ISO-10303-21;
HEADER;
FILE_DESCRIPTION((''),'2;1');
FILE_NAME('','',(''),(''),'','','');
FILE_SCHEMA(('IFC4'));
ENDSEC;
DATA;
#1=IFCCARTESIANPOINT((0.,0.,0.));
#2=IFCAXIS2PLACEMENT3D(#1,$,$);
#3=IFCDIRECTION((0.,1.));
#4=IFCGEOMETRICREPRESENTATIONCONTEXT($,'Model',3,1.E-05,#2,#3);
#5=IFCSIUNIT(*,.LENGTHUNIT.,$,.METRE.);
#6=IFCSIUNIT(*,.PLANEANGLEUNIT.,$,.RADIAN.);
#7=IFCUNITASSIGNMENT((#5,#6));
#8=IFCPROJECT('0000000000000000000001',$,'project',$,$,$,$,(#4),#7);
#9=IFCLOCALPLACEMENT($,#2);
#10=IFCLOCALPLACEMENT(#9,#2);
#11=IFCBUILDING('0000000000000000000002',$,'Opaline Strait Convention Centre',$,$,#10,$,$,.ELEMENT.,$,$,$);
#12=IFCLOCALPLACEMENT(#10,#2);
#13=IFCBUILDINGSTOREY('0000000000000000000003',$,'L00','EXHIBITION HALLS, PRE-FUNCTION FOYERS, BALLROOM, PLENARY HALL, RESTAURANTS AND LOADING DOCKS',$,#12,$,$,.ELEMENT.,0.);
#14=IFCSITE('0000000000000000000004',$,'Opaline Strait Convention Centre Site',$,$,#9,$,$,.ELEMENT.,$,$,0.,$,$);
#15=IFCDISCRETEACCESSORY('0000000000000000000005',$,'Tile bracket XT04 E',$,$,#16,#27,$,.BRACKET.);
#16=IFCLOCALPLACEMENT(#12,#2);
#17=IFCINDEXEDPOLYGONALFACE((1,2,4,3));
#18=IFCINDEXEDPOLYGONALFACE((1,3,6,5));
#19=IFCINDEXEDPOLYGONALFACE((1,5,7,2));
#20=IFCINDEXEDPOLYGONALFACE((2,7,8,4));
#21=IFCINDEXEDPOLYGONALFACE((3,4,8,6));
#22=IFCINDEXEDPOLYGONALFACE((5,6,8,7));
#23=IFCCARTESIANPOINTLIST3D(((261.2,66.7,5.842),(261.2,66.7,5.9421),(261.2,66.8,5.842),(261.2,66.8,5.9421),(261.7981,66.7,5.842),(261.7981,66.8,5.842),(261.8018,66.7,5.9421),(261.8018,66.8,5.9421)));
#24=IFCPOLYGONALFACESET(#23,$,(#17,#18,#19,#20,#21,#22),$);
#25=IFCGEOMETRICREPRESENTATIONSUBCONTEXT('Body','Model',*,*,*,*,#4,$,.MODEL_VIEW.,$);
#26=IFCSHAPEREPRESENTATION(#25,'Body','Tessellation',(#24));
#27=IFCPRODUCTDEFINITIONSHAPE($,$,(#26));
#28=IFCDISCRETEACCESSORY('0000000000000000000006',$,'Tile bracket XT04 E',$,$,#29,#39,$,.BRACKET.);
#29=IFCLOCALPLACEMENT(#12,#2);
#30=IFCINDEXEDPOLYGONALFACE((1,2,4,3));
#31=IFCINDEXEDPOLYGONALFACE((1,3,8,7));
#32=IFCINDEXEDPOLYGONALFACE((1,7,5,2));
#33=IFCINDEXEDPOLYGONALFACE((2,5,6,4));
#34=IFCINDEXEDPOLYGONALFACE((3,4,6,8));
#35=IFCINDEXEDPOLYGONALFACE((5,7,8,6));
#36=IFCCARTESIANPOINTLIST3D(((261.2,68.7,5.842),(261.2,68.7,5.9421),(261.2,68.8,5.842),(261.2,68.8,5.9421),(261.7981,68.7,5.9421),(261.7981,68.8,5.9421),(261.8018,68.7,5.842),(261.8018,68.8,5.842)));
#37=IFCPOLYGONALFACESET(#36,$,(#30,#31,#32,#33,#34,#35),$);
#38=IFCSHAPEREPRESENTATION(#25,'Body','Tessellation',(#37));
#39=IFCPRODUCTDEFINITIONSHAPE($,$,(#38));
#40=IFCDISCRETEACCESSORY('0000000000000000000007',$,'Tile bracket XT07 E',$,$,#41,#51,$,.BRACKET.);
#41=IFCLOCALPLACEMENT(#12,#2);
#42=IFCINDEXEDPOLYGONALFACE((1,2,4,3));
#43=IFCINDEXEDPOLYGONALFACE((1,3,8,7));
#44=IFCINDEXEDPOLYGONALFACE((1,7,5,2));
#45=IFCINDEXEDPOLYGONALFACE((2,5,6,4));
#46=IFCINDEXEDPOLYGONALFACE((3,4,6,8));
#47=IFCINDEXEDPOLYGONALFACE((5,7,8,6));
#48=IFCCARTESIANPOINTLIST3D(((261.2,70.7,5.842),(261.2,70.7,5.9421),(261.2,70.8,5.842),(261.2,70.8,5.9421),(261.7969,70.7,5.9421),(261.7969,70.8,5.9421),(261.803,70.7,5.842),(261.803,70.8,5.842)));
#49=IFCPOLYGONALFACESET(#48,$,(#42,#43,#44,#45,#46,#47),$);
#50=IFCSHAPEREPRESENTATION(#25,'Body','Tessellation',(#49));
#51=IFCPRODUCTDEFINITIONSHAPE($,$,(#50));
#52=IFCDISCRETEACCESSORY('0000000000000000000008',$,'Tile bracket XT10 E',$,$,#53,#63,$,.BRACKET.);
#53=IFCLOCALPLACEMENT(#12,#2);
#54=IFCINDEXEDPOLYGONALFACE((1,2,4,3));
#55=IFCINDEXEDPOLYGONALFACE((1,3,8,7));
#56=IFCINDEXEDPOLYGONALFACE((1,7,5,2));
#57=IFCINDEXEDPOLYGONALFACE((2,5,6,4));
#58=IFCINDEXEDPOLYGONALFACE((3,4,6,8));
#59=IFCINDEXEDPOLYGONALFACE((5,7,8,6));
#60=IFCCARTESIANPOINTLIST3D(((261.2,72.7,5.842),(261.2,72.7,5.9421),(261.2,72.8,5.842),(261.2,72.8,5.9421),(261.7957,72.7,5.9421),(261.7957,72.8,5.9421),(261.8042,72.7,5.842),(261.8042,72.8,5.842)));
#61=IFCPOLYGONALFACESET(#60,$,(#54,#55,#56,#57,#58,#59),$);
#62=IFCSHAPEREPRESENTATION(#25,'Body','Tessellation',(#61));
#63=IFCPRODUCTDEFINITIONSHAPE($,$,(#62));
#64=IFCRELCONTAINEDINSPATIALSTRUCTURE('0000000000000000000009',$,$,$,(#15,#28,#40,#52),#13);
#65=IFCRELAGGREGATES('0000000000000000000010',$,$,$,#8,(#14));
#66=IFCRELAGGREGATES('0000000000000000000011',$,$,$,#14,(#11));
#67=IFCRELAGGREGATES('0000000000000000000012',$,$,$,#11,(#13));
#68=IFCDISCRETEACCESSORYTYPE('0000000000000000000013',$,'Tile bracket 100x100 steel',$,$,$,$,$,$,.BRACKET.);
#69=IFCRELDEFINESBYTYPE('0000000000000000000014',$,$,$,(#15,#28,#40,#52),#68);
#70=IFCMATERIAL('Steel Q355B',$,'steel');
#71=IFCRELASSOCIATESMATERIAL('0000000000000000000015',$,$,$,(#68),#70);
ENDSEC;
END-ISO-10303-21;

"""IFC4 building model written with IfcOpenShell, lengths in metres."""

from ifc_helpers import new_model, si_unit, direction, frame, origin, place, context, subcontext, project, spatial, polyline, outline, extrude, material, type_object, element, save


model = new_model("IFC4")

# Units and contexts
model_context = context("Model", 3, precision=1e-05, world=origin(), true_north=direction((0.0, 1.0)))
body_context = subcontext(model_context, "Body", "Model", "MODEL_VIEW")
ifc_project = project(units=[si_unit("LENGTHUNIT", "METRE"), si_unit("PLANEANGLEUNIT", "RADIAN")], contexts=[model_context])

# Site, building, storey
site_placement = place(None, origin())
site = spatial("IfcSite", under=ifc_project, at=site_placement, Name="Opaline Strait Convention Centre Site", CompositionType="ELEMENT", RefElevation=0.0)
building_placement = place(site_placement, origin())
building = spatial("IfcBuilding", under=site, at=building_placement, Name="Opaline Strait Convention Centre", CompositionType="ELEMENT")
storey_placement = place(building_placement, origin())
storey = spatial("IfcBuildingStorey", under=building, at=storey_placement, Name="L00", Description="EXHIBITION HALLS, PRE-FUNCTION FOYERS, BALLROOM, PLENARY HALL, RESTAURANTS AND LOADING DOCKS", CompositionType="ELEMENT", Elevation=0.0)

# Discrete accessories
ifc_material_1 = material(Name="Steel Q355B", Category="steel")
discrete_accessory_type = type_object("IfcDiscreteAccessoryType", Name="Tile bracket 100x100 steel", PredefinedType="BRACKET", material=ifc_material_1)
for number, where, z_axis, x_axis, name in (
    (1, (261.2, 66.7, 5.8921), (0.0, 1.0, 0.0), (-1.0, 0.0, 0.0), "Tile bracket XT04 E"),
):
    element("IfcDiscreteAccessory", number, at=place(storey_placement, frame(where, z_axis=z_axis, x_axis=x_axis)), inside=storey, type_object=discrete_accessory_type, Name=name, PredefinedType="BRACKET", context=body_context, shape_type="SweptSolid", body=[
        extrude(outline(polyline([(0.0, -0.05), (0.0, 0.05), (-0.6018, 0.05), (-0.5981, -0.05), (0.0, -0.05)])), origin(), (0.0, 0.0, 1.0), 0.1001),
    ])
discrete_accessory_1_placement = place(storey_placement, frame((261.2, 68.7, 5.8921), z_axis=(0.0, 1.0, 0.0), x_axis=(-1.0, 0.0, 0.0)))
element("IfcDiscreteAccessory", 2, at=discrete_accessory_1_placement, inside=storey, type_object=discrete_accessory_type, Name="Tile bracket XT04 E", PredefinedType="BRACKET", context=body_context, shape_type="SweptSolid", body=[
    extrude(outline(polyline([(0.0, -0.05), (0.0, 0.05), (-0.5981, 0.05), (-0.6018, -0.05), (0.0, -0.05)])), origin(), (0.0, 0.0, 1.0), 0.1001),
])
discrete_accessory_2_placement = place(storey_placement, frame((261.2, 70.7, 5.8921), z_axis=(0.0, 1.0, 0.0), x_axis=(-1.0, 0.0, 0.0)))
element("IfcDiscreteAccessory", 3, at=discrete_accessory_2_placement, inside=storey, type_object=discrete_accessory_type, Name="Tile bracket XT07 E", PredefinedType="BRACKET", context=body_context, shape_type="SweptSolid", body=[
    extrude(outline(polyline([(0.0, -0.05), (0.0, 0.05), (-0.5969, 0.05), (-0.603, -0.05), (0.0, -0.05)])), origin(), (0.0, 0.0, 1.0), 0.1001),
])
discrete_accessory_3_placement = place(storey_placement, frame((261.2, 72.7, 5.8921), z_axis=(0.0, 1.0, 0.0), x_axis=(-1.0, 0.0, 0.0)))
element("IfcDiscreteAccessory", 4, at=discrete_accessory_3_placement, inside=storey, type_object=discrete_accessory_type, Name="Tile bracket XT10 E", PredefinedType="BRACKET", context=body_context, shape_type="SweptSolid", body=[
    extrude(outline(polyline([(0.0, -0.05), (0.0, 0.05), (-0.5957, 0.05), (-0.6042, -0.05), (0.0, -0.05)])), origin(), (0.0, 0.0, 1.0), 0.1001),
])

save(model, "model.ifc")
